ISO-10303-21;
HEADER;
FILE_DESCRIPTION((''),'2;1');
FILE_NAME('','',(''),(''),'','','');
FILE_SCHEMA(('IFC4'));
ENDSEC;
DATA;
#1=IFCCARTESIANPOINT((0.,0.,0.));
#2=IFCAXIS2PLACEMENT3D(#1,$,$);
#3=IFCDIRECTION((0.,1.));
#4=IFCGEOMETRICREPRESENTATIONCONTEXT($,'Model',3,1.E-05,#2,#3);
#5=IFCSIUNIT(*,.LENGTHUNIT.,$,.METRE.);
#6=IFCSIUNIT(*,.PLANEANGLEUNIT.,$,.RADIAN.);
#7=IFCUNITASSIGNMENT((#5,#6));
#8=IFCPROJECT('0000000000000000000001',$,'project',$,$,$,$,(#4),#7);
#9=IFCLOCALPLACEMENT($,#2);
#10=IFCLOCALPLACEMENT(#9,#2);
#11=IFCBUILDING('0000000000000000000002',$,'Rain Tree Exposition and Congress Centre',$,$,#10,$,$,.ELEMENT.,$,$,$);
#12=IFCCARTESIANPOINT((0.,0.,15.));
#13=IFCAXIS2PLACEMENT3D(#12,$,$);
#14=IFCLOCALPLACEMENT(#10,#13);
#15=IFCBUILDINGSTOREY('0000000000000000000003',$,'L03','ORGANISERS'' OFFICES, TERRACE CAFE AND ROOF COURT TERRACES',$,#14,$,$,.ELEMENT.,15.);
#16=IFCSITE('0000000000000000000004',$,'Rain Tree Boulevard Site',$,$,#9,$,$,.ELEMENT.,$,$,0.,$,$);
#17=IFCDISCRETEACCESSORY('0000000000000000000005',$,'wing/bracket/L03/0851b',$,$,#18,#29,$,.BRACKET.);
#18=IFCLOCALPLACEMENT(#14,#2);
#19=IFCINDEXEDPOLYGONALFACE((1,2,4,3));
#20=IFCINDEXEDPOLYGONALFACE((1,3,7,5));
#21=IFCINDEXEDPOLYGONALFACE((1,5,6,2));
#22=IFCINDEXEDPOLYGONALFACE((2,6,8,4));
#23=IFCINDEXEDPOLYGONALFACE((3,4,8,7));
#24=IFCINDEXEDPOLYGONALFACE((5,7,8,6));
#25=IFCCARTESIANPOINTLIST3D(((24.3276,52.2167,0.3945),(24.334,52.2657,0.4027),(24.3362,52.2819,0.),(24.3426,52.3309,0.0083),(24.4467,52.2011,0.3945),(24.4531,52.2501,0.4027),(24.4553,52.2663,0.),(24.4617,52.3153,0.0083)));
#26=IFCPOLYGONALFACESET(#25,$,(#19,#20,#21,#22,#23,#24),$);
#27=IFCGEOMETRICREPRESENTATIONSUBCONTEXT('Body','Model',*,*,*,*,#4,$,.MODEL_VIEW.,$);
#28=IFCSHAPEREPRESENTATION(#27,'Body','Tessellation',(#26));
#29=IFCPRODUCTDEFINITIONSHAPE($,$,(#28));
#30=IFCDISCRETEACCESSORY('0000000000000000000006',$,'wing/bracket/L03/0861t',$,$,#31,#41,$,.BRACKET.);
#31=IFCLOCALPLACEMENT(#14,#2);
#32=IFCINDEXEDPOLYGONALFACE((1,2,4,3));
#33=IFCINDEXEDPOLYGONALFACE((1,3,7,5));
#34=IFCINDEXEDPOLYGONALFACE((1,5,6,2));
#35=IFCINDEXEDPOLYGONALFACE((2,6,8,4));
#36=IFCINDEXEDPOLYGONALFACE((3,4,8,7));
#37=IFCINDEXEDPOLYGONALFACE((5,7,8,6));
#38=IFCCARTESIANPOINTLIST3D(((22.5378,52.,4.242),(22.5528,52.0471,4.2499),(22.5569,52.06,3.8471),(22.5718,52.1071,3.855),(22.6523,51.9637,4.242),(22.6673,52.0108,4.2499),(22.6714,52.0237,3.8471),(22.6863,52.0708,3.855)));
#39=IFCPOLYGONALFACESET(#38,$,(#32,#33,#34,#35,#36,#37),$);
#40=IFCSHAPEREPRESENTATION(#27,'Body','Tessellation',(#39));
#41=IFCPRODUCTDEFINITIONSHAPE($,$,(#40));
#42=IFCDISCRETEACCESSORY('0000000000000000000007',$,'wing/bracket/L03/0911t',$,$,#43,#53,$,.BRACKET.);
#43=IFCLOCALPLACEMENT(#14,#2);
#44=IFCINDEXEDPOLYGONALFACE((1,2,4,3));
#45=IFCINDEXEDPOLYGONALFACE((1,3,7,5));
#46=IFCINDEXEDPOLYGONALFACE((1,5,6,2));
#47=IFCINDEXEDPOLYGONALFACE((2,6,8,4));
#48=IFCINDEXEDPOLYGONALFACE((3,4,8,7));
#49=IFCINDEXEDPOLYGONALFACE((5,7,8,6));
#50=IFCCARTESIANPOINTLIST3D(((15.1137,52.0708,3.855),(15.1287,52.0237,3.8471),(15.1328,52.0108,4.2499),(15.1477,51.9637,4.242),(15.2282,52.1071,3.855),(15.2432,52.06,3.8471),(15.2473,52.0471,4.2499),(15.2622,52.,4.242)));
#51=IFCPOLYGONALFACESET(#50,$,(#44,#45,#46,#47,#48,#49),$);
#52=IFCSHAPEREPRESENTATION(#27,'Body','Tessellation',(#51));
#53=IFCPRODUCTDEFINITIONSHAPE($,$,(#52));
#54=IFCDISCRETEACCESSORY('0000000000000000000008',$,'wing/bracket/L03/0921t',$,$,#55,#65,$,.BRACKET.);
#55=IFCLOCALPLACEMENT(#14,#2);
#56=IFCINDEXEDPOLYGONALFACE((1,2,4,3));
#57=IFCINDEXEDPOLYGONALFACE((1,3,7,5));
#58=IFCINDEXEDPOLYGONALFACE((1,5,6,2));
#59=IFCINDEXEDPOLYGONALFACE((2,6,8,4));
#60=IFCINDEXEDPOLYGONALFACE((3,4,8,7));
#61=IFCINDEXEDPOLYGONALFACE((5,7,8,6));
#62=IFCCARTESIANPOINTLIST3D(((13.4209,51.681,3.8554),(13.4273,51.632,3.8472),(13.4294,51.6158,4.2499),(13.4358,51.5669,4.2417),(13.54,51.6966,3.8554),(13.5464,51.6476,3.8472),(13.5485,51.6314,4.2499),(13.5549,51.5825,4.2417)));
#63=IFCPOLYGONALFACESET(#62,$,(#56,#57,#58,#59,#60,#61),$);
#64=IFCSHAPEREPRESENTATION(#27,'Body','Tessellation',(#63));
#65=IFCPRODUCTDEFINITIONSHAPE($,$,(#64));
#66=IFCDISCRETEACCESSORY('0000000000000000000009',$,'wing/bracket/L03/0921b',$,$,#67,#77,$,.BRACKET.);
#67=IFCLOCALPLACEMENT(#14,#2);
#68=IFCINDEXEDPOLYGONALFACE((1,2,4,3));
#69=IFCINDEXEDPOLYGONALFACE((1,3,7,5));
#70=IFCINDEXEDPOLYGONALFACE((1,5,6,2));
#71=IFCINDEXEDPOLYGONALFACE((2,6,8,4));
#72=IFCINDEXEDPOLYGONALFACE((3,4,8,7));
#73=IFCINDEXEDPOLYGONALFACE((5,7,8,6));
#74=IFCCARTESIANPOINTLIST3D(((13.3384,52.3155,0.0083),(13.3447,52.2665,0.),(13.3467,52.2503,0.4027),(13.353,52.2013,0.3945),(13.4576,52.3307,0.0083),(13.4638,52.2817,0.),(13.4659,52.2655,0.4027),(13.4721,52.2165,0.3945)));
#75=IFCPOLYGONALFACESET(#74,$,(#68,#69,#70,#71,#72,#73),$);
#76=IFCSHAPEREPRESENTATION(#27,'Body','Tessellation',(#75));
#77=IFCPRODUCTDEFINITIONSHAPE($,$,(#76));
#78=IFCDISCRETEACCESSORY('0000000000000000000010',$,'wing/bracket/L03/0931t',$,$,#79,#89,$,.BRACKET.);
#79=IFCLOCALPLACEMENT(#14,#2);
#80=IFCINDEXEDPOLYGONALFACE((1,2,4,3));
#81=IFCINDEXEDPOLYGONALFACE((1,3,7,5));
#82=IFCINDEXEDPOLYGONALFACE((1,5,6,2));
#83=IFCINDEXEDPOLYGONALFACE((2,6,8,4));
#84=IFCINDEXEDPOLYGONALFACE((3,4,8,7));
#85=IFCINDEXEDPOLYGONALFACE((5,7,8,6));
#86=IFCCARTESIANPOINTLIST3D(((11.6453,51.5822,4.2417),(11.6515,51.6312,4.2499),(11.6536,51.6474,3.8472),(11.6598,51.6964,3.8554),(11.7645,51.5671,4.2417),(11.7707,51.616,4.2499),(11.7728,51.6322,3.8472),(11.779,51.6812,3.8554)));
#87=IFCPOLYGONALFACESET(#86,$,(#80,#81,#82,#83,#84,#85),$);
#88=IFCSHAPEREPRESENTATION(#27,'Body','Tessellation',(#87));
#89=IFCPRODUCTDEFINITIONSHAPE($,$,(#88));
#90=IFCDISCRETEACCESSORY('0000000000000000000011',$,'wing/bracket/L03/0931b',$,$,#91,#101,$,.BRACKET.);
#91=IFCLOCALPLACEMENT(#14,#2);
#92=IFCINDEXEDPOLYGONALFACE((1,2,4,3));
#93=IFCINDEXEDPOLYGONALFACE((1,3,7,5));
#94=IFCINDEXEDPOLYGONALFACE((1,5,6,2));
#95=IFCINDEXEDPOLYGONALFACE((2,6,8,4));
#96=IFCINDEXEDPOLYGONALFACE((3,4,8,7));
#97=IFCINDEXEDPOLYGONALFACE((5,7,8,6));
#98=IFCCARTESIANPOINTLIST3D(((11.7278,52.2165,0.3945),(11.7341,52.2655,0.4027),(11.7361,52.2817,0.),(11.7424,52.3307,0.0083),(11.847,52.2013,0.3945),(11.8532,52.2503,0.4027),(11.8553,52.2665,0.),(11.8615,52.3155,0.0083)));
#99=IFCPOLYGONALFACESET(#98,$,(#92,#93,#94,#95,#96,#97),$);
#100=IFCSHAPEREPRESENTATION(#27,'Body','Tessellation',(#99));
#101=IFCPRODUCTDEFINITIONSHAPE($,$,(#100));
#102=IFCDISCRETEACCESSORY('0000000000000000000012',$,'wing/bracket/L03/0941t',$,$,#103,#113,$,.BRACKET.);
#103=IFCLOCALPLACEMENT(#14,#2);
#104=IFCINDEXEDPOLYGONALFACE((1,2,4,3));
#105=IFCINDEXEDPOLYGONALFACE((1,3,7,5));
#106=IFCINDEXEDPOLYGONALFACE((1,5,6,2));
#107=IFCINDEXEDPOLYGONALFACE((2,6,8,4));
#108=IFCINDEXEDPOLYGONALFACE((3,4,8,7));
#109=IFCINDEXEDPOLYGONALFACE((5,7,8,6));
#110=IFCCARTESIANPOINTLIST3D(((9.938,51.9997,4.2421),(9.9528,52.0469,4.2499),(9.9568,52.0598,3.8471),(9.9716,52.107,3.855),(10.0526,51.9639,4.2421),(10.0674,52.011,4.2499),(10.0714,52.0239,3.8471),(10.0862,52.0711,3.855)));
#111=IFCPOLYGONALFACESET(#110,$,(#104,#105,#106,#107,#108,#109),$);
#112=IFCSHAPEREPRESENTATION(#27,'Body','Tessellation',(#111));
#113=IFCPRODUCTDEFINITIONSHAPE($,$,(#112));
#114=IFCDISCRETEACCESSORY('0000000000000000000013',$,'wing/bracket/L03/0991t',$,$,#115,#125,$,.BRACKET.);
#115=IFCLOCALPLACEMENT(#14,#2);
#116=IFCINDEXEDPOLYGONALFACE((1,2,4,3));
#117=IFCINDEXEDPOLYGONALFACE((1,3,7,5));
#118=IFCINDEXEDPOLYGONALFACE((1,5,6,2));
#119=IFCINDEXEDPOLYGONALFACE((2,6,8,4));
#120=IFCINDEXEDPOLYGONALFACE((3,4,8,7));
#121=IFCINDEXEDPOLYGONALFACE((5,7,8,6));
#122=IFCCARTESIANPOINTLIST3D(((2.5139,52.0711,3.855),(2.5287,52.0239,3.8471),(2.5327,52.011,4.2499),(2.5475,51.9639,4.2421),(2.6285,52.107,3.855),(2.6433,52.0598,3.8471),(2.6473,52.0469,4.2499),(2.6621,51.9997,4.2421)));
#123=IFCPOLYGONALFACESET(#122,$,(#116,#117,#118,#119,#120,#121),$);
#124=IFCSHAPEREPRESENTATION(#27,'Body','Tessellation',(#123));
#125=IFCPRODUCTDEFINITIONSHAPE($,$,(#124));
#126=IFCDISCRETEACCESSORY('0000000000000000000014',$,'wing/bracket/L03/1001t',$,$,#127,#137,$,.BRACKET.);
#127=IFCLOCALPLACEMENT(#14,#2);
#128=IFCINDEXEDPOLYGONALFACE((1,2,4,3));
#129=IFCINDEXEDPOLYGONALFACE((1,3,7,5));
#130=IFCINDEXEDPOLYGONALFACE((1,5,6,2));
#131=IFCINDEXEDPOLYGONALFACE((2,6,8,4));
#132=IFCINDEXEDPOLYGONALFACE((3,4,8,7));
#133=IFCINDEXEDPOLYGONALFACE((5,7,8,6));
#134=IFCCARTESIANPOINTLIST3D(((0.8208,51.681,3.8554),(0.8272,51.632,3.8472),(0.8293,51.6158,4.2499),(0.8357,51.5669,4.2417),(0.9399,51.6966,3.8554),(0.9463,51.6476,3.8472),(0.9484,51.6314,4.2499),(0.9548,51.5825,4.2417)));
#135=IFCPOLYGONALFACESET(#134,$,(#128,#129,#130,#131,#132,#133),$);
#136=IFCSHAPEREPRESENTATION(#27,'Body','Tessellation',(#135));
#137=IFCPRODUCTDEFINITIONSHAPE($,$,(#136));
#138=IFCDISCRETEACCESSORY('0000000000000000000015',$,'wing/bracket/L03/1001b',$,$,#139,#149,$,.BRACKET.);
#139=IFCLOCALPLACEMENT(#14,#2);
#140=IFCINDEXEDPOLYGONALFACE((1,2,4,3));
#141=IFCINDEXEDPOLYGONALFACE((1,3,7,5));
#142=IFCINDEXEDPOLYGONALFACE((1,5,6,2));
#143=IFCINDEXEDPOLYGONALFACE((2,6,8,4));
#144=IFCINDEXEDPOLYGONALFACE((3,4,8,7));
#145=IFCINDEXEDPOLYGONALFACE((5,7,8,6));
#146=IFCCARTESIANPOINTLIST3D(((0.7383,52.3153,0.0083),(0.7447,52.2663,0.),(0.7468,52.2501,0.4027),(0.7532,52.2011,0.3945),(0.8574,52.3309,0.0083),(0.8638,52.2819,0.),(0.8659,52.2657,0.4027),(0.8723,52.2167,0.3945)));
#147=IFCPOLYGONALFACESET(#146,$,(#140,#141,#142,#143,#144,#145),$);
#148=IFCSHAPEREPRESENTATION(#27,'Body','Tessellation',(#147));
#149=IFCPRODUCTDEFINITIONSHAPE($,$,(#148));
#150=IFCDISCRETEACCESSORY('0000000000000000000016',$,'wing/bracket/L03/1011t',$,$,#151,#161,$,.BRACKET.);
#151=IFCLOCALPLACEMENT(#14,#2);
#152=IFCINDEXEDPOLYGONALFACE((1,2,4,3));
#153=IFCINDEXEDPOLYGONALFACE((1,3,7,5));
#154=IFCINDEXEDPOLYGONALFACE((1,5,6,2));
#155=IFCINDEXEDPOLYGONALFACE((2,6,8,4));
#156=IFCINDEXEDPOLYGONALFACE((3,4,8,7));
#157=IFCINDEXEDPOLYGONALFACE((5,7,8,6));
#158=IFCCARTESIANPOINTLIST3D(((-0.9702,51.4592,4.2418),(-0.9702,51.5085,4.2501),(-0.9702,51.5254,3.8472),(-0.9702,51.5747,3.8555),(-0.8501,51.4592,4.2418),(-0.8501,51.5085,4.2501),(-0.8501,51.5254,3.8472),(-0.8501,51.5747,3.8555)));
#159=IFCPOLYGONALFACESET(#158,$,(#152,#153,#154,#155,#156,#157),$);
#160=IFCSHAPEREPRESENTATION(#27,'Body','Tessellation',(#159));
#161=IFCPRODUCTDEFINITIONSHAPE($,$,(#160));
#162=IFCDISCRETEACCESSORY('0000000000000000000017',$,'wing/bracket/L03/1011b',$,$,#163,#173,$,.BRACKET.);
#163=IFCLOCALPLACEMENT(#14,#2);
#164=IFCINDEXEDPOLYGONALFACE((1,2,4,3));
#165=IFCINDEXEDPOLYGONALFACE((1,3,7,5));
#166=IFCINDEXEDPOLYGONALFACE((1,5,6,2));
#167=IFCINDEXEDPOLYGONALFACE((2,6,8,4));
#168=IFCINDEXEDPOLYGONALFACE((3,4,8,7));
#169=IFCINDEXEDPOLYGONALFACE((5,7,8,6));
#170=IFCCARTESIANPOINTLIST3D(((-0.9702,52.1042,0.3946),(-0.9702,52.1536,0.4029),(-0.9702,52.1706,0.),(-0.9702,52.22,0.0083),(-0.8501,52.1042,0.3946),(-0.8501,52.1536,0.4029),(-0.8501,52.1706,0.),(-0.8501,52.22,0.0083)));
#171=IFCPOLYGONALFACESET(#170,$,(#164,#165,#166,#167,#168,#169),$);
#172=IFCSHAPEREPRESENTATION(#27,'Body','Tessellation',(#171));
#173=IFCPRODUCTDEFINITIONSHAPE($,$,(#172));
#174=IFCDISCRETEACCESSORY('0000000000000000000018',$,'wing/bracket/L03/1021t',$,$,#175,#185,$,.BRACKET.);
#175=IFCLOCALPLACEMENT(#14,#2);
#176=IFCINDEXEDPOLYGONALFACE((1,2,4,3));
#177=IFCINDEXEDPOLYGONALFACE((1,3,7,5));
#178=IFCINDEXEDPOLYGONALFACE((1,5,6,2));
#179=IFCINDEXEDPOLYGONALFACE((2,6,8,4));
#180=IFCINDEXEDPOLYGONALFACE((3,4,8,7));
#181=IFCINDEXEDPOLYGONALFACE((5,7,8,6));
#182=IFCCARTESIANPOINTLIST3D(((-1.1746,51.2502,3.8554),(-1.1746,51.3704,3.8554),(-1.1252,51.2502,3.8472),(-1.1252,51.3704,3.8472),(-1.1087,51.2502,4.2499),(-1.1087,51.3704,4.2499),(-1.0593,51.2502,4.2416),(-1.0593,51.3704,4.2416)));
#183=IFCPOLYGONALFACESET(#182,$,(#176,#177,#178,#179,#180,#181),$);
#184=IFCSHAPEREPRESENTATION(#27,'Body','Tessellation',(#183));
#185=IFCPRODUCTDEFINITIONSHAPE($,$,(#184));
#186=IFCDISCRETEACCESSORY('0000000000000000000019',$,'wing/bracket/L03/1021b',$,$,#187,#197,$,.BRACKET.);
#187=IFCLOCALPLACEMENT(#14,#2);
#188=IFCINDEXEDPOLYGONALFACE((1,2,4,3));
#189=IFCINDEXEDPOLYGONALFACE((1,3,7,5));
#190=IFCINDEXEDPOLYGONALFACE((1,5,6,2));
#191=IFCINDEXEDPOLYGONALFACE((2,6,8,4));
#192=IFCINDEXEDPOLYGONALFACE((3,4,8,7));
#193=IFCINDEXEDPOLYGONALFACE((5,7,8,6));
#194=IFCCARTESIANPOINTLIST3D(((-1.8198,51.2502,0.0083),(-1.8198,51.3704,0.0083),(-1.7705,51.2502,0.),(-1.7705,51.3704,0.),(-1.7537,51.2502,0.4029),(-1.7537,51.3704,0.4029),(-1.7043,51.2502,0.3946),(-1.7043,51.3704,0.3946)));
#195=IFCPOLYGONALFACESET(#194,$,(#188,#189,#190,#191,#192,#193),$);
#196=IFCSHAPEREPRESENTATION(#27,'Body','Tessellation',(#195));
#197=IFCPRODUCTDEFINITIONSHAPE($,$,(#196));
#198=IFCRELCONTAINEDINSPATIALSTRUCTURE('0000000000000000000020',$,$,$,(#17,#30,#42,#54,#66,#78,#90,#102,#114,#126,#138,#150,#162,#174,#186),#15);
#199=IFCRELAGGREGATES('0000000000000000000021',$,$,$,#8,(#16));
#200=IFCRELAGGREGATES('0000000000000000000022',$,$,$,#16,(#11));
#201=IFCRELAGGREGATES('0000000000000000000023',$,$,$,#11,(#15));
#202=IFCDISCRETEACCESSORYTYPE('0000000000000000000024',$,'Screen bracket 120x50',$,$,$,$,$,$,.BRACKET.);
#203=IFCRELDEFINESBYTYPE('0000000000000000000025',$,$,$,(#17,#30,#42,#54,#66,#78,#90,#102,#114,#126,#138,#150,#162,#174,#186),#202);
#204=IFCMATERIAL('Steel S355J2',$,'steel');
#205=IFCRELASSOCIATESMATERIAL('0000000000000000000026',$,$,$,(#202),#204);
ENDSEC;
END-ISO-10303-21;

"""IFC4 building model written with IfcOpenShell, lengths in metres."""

from ifc_helpers import new_model, si_unit, direction, frame, origin, origin_2d, place, context, subcontext, project, spatial, rectangle, extrude, material, material_profile, profile_set, type_object, element, save


model = new_model("IFC4")

# Units and contexts
model_context = context("Model", 3, precision=1e-05, world=origin(), true_north=direction((0.0, 1.0)))
body_context = subcontext(model_context, "Body", "Model", "MODEL_VIEW")
ifc_project = project(units=[si_unit("LENGTHUNIT", "METRE"), si_unit("PLANEANGLEUNIT", "RADIAN")], contexts=[model_context])

# Site, building, storey
site_placement = place(None, origin())
site = spatial("IfcSite", under=ifc_project, at=site_placement, Name="Rain Tree Boulevard Site", CompositionType="ELEMENT", RefElevation=0.0)
building_placement = place(site_placement, origin())
building = spatial("IfcBuilding", under=site, at=building_placement, Name="Rain Tree Exposition and Congress Centre", CompositionType="ELEMENT")
storey_placement = place(building_placement, frame((0.0, 0.0, 15.0)))
storey = spatial("IfcBuildingStorey", under=building, at=storey_placement, Name="L03", Description="ORGANISERS' OFFICES, TERRACE CAFE AND ROOF COURT TERRACES", CompositionType="ELEMENT", Elevation=15.0)

# Discrete accessories
ifc_material_1 = material(Name="Steel S355J2", Category="steel")
ifc_material_profile_1 = material_profile(ifc_material_1, rectangle(XDim=0.1201, YDim=0.05, at=origin_2d()), Name="Flat bar 120x50")
ifc_profile_set_1 = profile_set([ifc_material_profile_1], Name="Steel S355J2")
discrete_accessory_type = type_object("IfcDiscreteAccessoryType", Name="Screen bracket 120x50", PredefinedType="BRACKET", material=ifc_profile_set_1)
for number, where, z_axis, x_axis, name in (
    (1, (24.3989, 52.2986, 0.0042), (-0.021364, -0.162976, 0.986399), (0.991517, -0.129974, 0.0), "wing/bracket/L03/0851b"),
    (2, (22.6216, 52.0654, 3.8511), (-0.047606, -0.150142, 0.987518), (0.953231, -0.302244, 0.0), "wing/bracket/L03/0861t"),
    (3, (15.1785, 52.0654, 3.8511), (0.047606, -0.150142, 0.987518), (0.953231, 0.302244, 0.0), "wing/bracket/L03/0911t"),
    (4, (13.4836, 51.6643, 3.8513), (0.021364, -0.162976, 0.986399), (0.991517, 0.129974, 0.0), "wing/bracket/L03/0921t"),
    (5, (13.4011, 52.2986, 0.0042), (0.020754, -0.162978, 0.986411), (0.991989, 0.126321, 0.0), "wing/bracket/L03/0921b"),
    (6, (11.7163, 51.6643, 3.8513), (-0.020754, -0.162978, 0.986411), (0.991989, -0.126321, 0.0), "wing/bracket/L03/0931t"),
    (7, (11.7988, 52.2986, 0.0042), (-0.020754, -0.162978, 0.986411), (0.991989, -0.126321, 0.0), "wing/bracket/L03/0931b"),
    (8, (10.0215, 52.0654, 3.8511), (-0.046997, -0.150146, 0.987546), (0.954342, -0.298717, 0.0), "wing/bracket/L03/0941t"),
    (9, (2.5786, 52.0654, 3.8511), (0.046997, -0.150146, 0.987546), (0.954342, 0.298717, 0.0), "wing/bracket/L03/0991t"),
    (10, (0.8835, 51.6643, 3.8513), (0.021364, -0.162976, 0.986399), (0.991517, 0.129974, 0.0), "wing/bracket/L03/1001t"),
    (11, (0.801, 52.2986, 0.0042), (0.021364, -0.162976, 0.986399), (0.991517, 0.129974, 0.0), "wing/bracket/L03/1001b"),
):
    element("IfcDiscreteAccessory", number, at=place(storey_placement, frame(where, z_axis=z_axis, x_axis=x_axis)), inside=storey, type_object=discrete_accessory_type, Name=name, PredefinedType="BRACKET", context=body_context, shape_type="SweptSolid", body=[
        extrude(rectangle(XDim=0.1201, YDim=0.05, at=origin_2d()), origin(), (0.0, 0.0, 1.0), 0.3999),
    ])
for number, where, z_axis, x_axis, name in (
    (12, (-0.9102, 51.55, 3.8513), (0.0, -0.165389, 0.986228), (1.0, 0.0, 0.0), "wing/bracket/L03/1011t"),
    (13, (-0.9102, 52.1953, 0.0042), (0.0, -0.165982, 0.986129), (1.0, 0.0, 0.0), "wing/bracket/L03/1011b"),
):
    element("IfcDiscreteAccessory", number, at=place(storey_placement, frame(where, z_axis=z_axis, x_axis=x_axis)), inside=storey, type_object=discrete_accessory_type, Name=name, PredefinedType="BRACKET", context=body_context, shape_type="SweptSolid", body=[
        extrude(rectangle(XDim=0.1201, YDim=0.05, at=origin_2d()), origin(), (0.0, 0.0, 1.0), 0.4001),
    ])
discrete_accessory_1_placement = place(storey_placement, frame((-1.1499, 51.3103, 3.8513), z_axis=(0.164795, 0.0, 0.986328), x_axis=(0.0, 1.0, 0.0)))
element("IfcDiscreteAccessory", 14, at=discrete_accessory_1_placement, inside=storey, type_object=discrete_accessory_type, Name="wing/bracket/L03/1021t", PredefinedType="BRACKET", context=body_context, shape_type="SweptSolid", body=[
    extrude(rectangle(XDim=0.1201, YDim=0.05, at=origin_2d()), origin(), (0.0, 0.0, 1.0), 0.3999),
])
discrete_accessory_2_placement = place(storey_placement, frame((-1.7952, 51.3103, 0.0042), z_axis=(0.165389, 0.0, 0.986228), x_axis=(0.0, 1.0, 0.0)))
element("IfcDiscreteAccessory", 15, at=discrete_accessory_2_placement, inside=storey, type_object=discrete_accessory_type, Name="wing/bracket/L03/1021b", PredefinedType="BRACKET", context=body_context, shape_type="SweptSolid", body=[
    extrude(rectangle(XDim=0.1201, YDim=0.05, at=origin_2d()), origin(), (0.0, 0.0, 1.0), 0.4001),
])

save(model, "model.ifc")
